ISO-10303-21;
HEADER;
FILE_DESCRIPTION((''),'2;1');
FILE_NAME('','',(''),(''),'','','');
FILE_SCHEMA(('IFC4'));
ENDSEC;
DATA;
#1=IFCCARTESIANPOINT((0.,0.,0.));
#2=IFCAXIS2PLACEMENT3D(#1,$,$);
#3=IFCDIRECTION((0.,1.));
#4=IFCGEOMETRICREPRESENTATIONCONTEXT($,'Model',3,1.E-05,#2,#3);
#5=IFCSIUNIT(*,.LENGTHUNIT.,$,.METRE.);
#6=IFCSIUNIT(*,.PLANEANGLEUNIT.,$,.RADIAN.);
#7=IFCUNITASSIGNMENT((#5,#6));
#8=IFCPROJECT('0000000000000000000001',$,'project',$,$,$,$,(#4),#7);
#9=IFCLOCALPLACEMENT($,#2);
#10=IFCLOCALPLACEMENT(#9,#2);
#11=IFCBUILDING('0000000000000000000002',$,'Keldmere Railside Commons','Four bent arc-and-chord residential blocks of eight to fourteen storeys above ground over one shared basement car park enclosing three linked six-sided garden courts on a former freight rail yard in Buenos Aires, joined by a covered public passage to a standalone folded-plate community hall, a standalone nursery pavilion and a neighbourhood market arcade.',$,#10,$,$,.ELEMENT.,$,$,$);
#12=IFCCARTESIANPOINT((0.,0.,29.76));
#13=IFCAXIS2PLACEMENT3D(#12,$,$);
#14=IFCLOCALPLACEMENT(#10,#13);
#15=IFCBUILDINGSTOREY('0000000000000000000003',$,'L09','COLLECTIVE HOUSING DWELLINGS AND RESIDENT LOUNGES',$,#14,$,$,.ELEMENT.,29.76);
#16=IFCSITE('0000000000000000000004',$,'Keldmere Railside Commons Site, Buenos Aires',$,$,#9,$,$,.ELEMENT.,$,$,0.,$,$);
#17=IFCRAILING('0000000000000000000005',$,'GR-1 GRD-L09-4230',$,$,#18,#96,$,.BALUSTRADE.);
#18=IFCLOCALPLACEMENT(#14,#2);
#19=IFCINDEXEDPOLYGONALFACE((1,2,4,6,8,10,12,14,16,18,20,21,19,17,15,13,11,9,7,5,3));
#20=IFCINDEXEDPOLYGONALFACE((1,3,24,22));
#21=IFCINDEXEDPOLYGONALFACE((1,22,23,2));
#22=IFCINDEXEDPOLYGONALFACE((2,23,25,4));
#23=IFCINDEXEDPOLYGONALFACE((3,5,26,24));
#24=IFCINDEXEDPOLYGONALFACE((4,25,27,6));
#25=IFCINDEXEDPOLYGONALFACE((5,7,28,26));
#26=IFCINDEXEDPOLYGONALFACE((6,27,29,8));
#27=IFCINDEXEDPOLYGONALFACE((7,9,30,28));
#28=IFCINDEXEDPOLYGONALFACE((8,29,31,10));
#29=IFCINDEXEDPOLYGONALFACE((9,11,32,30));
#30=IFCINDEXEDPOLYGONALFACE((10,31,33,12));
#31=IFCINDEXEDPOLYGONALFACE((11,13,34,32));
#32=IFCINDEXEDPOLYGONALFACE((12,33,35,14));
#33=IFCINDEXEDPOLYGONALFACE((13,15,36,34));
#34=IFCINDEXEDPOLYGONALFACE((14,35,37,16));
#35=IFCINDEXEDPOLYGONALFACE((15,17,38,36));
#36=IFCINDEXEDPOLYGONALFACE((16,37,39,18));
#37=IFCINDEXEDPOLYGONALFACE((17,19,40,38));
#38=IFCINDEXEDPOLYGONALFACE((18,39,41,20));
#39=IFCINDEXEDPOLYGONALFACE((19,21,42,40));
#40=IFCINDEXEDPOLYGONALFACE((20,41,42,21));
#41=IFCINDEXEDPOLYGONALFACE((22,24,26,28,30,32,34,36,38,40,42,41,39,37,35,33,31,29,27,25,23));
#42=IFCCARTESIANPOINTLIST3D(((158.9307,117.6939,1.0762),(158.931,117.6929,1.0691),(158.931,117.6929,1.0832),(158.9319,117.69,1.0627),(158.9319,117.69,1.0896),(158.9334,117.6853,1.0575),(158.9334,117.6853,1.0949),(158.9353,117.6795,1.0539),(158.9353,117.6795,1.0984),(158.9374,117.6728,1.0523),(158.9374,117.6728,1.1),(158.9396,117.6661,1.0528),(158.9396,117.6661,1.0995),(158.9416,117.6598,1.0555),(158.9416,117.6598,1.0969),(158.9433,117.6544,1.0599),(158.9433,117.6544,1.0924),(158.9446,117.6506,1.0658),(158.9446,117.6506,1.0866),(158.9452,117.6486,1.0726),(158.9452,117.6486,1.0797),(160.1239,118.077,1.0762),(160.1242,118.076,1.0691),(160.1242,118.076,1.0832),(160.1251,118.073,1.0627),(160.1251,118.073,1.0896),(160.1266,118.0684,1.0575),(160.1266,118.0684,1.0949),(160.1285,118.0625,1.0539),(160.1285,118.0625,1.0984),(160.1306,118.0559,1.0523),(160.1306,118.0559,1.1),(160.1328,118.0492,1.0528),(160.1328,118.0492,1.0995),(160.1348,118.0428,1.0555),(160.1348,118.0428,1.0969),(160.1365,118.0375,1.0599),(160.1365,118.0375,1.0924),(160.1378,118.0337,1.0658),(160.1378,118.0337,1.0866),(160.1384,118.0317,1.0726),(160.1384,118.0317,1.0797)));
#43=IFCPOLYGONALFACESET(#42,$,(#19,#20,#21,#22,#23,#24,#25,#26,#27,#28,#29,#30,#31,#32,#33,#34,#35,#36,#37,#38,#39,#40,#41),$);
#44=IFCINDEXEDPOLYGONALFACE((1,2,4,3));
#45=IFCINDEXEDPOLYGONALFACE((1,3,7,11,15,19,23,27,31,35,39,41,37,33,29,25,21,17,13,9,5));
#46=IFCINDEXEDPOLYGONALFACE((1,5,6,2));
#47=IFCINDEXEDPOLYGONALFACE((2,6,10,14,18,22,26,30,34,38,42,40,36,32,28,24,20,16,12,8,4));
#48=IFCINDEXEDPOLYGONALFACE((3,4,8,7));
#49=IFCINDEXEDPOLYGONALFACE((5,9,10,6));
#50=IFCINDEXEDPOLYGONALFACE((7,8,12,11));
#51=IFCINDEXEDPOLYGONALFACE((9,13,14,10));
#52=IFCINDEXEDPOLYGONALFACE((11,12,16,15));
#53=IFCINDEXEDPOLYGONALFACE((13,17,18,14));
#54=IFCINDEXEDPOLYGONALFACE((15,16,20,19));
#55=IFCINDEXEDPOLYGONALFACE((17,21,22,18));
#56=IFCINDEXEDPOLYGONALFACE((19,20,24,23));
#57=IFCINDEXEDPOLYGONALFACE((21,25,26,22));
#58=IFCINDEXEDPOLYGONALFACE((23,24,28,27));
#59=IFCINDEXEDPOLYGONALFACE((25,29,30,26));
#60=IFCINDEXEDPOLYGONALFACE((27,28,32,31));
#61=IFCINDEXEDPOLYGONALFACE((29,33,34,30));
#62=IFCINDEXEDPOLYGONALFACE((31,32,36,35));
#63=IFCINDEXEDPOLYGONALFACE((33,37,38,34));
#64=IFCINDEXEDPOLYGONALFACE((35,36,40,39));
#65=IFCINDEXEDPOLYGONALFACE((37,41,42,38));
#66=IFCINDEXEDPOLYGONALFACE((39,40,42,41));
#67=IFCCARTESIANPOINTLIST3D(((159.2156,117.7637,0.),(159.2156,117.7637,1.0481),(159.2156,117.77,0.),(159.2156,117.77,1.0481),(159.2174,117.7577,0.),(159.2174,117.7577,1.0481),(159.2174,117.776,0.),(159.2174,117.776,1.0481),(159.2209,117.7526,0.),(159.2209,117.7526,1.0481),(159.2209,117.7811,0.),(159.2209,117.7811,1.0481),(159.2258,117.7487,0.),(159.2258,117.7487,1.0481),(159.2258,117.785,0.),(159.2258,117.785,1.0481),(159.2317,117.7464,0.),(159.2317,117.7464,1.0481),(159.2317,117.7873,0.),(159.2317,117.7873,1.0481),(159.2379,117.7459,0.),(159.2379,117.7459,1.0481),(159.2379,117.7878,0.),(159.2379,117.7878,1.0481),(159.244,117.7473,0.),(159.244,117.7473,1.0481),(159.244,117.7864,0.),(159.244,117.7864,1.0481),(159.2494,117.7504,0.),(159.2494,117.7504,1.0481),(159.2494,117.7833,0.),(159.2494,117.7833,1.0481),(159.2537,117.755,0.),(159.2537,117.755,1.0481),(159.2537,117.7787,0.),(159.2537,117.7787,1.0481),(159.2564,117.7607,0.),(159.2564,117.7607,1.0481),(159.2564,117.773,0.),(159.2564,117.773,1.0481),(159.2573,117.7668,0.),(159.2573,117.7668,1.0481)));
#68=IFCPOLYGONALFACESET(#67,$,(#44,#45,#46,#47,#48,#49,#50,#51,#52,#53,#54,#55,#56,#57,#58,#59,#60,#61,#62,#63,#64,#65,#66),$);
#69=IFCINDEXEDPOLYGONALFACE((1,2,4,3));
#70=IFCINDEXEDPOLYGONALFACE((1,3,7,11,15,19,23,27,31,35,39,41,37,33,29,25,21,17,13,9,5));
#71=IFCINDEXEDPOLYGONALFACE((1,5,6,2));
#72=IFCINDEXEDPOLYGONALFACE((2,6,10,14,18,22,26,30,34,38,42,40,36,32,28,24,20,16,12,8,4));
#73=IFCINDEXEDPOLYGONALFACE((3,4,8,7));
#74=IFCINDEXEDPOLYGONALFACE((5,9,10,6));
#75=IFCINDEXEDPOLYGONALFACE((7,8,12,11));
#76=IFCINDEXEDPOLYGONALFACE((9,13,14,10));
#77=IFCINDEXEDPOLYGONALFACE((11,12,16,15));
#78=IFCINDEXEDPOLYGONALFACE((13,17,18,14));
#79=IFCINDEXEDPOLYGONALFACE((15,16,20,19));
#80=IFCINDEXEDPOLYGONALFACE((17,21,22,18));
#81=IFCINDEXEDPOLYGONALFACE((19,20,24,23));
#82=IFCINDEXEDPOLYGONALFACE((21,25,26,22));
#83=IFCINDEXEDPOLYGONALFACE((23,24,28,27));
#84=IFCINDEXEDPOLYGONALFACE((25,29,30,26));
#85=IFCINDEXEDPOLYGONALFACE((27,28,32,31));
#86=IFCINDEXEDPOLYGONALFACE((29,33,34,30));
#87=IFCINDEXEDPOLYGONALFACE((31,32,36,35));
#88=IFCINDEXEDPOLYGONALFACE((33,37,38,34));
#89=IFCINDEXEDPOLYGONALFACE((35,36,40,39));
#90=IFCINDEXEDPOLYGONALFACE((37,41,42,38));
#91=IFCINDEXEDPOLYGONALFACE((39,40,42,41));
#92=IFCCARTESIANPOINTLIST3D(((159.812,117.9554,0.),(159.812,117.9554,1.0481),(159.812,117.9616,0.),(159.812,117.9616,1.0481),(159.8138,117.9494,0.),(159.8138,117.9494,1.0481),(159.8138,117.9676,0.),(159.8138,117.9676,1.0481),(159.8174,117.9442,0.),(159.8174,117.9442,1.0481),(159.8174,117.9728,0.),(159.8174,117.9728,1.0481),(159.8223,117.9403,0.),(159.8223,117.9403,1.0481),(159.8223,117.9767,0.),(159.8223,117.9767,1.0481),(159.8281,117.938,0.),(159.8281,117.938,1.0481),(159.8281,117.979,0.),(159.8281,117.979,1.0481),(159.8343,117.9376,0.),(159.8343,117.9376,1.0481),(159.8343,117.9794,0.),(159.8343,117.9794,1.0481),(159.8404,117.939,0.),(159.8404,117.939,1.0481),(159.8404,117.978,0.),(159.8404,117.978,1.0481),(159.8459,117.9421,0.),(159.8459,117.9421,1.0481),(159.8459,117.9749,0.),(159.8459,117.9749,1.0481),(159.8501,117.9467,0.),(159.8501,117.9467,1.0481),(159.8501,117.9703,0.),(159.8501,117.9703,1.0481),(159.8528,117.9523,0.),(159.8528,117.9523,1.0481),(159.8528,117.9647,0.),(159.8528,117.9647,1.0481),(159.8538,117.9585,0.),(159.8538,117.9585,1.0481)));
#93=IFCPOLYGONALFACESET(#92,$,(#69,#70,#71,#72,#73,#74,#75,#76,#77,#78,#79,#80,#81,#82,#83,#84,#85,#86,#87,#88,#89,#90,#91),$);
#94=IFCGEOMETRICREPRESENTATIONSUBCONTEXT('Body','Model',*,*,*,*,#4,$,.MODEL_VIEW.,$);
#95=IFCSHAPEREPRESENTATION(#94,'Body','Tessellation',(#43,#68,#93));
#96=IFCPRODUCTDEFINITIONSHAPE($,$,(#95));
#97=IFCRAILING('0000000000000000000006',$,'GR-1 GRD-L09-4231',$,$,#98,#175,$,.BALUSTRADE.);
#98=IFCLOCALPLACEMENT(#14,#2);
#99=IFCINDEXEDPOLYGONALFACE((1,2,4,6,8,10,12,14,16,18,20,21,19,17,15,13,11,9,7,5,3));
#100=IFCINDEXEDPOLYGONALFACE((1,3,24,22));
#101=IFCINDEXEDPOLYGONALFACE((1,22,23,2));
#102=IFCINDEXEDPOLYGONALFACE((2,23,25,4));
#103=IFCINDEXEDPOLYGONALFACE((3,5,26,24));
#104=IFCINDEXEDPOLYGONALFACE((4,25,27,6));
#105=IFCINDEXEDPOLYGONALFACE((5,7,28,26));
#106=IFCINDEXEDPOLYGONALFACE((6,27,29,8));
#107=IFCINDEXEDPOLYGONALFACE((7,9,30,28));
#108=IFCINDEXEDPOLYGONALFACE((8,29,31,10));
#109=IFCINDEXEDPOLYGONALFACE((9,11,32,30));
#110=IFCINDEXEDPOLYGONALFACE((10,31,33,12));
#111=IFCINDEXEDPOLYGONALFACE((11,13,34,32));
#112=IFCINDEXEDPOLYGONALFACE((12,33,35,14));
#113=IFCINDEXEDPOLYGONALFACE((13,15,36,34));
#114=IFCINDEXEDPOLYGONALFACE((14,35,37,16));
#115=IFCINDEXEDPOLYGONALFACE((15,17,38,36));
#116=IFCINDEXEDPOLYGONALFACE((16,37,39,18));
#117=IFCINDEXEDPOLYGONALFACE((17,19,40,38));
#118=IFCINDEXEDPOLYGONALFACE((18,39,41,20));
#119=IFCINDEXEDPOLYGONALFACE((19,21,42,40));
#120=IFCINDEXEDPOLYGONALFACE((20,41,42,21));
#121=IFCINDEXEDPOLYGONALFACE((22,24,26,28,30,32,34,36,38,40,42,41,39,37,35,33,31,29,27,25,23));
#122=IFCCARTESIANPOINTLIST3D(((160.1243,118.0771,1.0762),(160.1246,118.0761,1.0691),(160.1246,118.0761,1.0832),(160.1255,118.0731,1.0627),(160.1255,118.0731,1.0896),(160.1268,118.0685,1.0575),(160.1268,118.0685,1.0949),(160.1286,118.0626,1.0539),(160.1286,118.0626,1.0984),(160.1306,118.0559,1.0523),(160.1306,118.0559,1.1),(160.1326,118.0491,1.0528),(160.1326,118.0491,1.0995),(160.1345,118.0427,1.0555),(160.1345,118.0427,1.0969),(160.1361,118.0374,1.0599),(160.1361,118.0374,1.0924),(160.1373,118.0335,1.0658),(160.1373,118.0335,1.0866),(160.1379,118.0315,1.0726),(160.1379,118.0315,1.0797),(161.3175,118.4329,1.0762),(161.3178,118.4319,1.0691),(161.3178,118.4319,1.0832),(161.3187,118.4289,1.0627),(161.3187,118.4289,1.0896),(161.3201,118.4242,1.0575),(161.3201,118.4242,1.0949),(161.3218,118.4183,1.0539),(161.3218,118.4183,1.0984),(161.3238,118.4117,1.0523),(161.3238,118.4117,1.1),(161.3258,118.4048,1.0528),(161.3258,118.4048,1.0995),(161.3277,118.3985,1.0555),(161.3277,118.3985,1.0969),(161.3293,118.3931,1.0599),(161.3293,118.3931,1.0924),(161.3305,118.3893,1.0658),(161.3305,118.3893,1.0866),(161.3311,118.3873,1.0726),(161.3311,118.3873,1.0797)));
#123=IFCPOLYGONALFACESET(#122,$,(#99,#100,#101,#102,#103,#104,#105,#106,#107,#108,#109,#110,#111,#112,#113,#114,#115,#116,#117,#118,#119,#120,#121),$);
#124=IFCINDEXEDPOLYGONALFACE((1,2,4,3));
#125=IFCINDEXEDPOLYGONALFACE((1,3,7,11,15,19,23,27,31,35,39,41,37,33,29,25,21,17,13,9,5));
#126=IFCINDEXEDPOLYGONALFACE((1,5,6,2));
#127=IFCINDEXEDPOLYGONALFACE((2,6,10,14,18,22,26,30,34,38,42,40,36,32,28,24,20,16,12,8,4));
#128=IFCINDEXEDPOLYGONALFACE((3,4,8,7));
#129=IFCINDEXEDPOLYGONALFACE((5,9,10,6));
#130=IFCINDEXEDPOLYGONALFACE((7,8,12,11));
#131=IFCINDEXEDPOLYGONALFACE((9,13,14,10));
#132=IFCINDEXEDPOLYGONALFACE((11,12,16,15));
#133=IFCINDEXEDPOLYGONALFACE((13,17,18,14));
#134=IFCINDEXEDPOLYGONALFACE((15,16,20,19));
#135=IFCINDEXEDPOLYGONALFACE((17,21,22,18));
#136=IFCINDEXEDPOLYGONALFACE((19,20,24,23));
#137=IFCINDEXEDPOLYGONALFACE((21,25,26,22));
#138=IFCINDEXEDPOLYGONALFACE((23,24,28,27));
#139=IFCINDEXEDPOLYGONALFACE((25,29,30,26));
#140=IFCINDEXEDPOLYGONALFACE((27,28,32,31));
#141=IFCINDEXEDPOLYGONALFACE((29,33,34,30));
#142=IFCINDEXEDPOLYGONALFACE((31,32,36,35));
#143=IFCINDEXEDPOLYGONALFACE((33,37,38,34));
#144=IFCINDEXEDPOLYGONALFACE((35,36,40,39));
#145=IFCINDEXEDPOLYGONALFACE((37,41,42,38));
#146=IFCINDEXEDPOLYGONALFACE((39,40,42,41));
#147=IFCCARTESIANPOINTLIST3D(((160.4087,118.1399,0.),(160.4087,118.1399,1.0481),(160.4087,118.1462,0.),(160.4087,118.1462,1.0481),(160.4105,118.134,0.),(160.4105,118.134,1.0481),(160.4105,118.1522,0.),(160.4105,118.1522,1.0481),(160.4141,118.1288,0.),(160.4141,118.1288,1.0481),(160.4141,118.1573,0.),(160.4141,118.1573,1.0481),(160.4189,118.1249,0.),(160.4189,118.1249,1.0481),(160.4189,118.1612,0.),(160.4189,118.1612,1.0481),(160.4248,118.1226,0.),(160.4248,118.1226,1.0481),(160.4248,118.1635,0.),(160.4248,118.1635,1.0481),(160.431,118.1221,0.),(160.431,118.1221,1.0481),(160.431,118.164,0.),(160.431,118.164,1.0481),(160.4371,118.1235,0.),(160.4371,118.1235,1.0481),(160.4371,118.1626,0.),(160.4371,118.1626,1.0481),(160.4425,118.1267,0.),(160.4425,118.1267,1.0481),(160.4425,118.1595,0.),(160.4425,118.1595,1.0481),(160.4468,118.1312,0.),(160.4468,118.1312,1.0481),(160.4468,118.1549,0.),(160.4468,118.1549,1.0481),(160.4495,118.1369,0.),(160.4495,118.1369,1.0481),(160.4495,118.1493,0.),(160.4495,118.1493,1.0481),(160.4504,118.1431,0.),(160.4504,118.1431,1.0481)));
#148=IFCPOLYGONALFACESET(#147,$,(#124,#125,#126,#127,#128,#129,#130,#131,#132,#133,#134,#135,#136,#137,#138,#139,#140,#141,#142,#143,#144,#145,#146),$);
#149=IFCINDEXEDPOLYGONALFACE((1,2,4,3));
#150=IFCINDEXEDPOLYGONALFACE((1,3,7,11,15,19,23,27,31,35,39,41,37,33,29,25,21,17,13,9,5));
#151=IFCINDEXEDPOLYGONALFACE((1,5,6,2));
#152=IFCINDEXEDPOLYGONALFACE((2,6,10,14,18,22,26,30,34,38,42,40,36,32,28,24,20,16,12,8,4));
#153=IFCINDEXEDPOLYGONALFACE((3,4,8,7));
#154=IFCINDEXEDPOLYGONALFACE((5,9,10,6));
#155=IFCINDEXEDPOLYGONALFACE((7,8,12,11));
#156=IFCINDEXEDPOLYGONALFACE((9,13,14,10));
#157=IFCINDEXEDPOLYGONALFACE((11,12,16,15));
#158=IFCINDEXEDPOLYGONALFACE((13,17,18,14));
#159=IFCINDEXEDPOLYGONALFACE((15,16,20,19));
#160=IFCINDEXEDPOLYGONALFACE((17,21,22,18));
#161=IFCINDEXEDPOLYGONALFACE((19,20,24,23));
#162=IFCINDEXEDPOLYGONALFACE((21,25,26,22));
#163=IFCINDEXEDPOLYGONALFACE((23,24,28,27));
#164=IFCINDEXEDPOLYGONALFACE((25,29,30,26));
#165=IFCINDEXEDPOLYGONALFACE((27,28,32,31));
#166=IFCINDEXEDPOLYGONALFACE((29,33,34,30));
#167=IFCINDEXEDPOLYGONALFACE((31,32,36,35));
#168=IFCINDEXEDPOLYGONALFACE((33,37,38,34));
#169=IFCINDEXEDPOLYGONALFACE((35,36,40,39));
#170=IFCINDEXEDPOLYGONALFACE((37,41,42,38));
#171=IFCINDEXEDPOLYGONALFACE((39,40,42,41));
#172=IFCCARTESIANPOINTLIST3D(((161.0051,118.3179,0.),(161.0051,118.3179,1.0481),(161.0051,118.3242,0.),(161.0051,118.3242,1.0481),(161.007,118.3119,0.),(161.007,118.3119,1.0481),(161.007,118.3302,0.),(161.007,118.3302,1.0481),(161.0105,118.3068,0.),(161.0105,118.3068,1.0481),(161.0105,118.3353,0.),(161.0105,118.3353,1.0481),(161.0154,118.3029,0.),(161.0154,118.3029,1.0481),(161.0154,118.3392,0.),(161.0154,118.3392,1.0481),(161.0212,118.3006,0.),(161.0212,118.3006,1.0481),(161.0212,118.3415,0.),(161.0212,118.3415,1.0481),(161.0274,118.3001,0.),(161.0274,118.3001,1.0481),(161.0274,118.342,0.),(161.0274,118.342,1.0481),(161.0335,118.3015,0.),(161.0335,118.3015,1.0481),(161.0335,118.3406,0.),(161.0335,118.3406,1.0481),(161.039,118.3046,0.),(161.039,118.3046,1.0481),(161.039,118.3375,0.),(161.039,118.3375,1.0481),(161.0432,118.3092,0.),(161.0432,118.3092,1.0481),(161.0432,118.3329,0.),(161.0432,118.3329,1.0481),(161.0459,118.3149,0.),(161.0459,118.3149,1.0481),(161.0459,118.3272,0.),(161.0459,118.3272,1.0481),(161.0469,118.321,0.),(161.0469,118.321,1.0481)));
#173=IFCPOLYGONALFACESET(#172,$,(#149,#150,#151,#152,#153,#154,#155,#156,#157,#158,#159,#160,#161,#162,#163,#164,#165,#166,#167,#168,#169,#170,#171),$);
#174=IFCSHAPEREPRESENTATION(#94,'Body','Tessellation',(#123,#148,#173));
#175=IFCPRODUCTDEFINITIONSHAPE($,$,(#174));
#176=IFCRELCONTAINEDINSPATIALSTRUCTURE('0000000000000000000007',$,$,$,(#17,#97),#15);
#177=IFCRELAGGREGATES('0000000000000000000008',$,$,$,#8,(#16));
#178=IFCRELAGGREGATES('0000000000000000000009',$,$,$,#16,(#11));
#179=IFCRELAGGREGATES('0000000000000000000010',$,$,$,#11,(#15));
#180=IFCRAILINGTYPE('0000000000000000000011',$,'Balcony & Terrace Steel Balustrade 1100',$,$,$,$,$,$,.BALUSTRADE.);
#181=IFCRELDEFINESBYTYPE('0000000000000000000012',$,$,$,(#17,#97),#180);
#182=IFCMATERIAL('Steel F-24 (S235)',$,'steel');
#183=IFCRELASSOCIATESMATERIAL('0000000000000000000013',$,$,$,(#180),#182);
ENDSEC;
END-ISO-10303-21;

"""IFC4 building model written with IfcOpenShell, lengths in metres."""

from ifc_helpers import new_model, si_unit, direction, frame, origin, origin_2d, place, context, subcontext, project, spatial, circle, extrude, material, type_object, element, save


model = new_model("IFC4")

# Units and contexts
model_context = context("Model", 3, precision=1e-05, world=origin(), true_north=direction((0.0, 1.0)))
body_context = subcontext(model_context, "Body", "Model", "MODEL_VIEW")
ifc_project = project(units=[si_unit("LENGTHUNIT", "METRE"), si_unit("PLANEANGLEUNIT", "RADIAN")], contexts=[model_context])

# Site, building, storey
site_placement = place(None, origin())
site = spatial("IfcSite", under=ifc_project, at=site_placement, Name="Keldmere Railside Commons Site, Buenos Aires", CompositionType="ELEMENT", RefElevation=0.0)
building_placement = place(site_placement, origin())
building = spatial("IfcBuilding", under=site, at=building_placement, Name="Keldmere Railside Commons", Description="Four bent arc-and-chord residential blocks of eight to fourteen storeys above ground over one shared basement car park enclosing three linked six-sided garden courts on a former freight rail yard in Buenos Aires, joined by a covered public passage to a standalone folded-plate community hall, a standalone nursery pavilion and a neighbourhood market arcade.", CompositionType="ELEMENT")
storey_placement = place(building_placement, frame((0.0, 0.0, 29.76)))
storey = spatial("IfcBuildingStorey", under=building, at=storey_placement, Name="L09", Description="COLLECTIVE HOUSING DWELLINGS AND RESIDENT LOUNGES", CompositionType="ELEMENT", Elevation=29.76)

# Railings
ifc_material_1 = material(Name="Steel F-24 (S235)", Category="steel")
railing_type = type_object("IfcRailingType", Name="Balcony & Terrace Steel Balustrade 1100", PredefinedType="BALUSTRADE", material=ifc_material_1)
railing_1_placement = place(storey_placement, frame((158.938, 117.6711, 0.0)))
element("IfcRailing", 1, at=railing_1_placement, inside=storey, type_object=railing_type, Name="GR-1 GRD-L09-4230", PredefinedType="BALUSTRADE", context=body_context, shape_type="SweptSolid", body=[
    extrude(circle(Radius=0.0239, at=origin_2d()), frame((0.0, 0.0, 1.0762), z_axis=(0.952132, 0.305688, 0.0), x_axis=(-0.305688, 0.952132, 0.0)), (0.0, 0.0, 1.0), 1.2532),
    extrude(circle(Radius=0.021, at=origin_2d()), frame((0.2983, 0.0957, 0.0)), (0.0, 0.0, 1.0), 1.0481),
    extrude(circle(Radius=0.021, at=origin_2d()), frame((0.8948, 0.2874, 0.0)), (0.0, 0.0, 1.0), 1.0481),
])
railing_2_placement = place(storey_placement, frame((160.1311, 118.0542, 0.0)))
element("IfcRailing", 2, at=railing_2_placement, inside=storey, type_object=railing_type, Name="GR-1 GRD-L09-4231", PredefinedType="BALUSTRADE", context=body_context, shape_type="SweptSolid", body=[
    extrude(circle(Radius=0.0239, at=origin_2d()), frame((0.0, 0.0, 1.0762), z_axis=(0.958316, 0.28571, 0.0), x_axis=(-0.28571, 0.958316, 0.0)), (0.0, 0.0, 1.0), 1.2451),
    extrude(circle(Radius=0.021, at=origin_2d()), frame((0.2983, 0.0889, 0.0)), (0.0, 0.0, 1.0), 1.0481),
    extrude(circle(Radius=0.021, at=origin_2d()), frame((0.8948, 0.2668, 0.0)), (0.0, 0.0, 1.0), 1.0481),
])

save(model, "model.ifc")
